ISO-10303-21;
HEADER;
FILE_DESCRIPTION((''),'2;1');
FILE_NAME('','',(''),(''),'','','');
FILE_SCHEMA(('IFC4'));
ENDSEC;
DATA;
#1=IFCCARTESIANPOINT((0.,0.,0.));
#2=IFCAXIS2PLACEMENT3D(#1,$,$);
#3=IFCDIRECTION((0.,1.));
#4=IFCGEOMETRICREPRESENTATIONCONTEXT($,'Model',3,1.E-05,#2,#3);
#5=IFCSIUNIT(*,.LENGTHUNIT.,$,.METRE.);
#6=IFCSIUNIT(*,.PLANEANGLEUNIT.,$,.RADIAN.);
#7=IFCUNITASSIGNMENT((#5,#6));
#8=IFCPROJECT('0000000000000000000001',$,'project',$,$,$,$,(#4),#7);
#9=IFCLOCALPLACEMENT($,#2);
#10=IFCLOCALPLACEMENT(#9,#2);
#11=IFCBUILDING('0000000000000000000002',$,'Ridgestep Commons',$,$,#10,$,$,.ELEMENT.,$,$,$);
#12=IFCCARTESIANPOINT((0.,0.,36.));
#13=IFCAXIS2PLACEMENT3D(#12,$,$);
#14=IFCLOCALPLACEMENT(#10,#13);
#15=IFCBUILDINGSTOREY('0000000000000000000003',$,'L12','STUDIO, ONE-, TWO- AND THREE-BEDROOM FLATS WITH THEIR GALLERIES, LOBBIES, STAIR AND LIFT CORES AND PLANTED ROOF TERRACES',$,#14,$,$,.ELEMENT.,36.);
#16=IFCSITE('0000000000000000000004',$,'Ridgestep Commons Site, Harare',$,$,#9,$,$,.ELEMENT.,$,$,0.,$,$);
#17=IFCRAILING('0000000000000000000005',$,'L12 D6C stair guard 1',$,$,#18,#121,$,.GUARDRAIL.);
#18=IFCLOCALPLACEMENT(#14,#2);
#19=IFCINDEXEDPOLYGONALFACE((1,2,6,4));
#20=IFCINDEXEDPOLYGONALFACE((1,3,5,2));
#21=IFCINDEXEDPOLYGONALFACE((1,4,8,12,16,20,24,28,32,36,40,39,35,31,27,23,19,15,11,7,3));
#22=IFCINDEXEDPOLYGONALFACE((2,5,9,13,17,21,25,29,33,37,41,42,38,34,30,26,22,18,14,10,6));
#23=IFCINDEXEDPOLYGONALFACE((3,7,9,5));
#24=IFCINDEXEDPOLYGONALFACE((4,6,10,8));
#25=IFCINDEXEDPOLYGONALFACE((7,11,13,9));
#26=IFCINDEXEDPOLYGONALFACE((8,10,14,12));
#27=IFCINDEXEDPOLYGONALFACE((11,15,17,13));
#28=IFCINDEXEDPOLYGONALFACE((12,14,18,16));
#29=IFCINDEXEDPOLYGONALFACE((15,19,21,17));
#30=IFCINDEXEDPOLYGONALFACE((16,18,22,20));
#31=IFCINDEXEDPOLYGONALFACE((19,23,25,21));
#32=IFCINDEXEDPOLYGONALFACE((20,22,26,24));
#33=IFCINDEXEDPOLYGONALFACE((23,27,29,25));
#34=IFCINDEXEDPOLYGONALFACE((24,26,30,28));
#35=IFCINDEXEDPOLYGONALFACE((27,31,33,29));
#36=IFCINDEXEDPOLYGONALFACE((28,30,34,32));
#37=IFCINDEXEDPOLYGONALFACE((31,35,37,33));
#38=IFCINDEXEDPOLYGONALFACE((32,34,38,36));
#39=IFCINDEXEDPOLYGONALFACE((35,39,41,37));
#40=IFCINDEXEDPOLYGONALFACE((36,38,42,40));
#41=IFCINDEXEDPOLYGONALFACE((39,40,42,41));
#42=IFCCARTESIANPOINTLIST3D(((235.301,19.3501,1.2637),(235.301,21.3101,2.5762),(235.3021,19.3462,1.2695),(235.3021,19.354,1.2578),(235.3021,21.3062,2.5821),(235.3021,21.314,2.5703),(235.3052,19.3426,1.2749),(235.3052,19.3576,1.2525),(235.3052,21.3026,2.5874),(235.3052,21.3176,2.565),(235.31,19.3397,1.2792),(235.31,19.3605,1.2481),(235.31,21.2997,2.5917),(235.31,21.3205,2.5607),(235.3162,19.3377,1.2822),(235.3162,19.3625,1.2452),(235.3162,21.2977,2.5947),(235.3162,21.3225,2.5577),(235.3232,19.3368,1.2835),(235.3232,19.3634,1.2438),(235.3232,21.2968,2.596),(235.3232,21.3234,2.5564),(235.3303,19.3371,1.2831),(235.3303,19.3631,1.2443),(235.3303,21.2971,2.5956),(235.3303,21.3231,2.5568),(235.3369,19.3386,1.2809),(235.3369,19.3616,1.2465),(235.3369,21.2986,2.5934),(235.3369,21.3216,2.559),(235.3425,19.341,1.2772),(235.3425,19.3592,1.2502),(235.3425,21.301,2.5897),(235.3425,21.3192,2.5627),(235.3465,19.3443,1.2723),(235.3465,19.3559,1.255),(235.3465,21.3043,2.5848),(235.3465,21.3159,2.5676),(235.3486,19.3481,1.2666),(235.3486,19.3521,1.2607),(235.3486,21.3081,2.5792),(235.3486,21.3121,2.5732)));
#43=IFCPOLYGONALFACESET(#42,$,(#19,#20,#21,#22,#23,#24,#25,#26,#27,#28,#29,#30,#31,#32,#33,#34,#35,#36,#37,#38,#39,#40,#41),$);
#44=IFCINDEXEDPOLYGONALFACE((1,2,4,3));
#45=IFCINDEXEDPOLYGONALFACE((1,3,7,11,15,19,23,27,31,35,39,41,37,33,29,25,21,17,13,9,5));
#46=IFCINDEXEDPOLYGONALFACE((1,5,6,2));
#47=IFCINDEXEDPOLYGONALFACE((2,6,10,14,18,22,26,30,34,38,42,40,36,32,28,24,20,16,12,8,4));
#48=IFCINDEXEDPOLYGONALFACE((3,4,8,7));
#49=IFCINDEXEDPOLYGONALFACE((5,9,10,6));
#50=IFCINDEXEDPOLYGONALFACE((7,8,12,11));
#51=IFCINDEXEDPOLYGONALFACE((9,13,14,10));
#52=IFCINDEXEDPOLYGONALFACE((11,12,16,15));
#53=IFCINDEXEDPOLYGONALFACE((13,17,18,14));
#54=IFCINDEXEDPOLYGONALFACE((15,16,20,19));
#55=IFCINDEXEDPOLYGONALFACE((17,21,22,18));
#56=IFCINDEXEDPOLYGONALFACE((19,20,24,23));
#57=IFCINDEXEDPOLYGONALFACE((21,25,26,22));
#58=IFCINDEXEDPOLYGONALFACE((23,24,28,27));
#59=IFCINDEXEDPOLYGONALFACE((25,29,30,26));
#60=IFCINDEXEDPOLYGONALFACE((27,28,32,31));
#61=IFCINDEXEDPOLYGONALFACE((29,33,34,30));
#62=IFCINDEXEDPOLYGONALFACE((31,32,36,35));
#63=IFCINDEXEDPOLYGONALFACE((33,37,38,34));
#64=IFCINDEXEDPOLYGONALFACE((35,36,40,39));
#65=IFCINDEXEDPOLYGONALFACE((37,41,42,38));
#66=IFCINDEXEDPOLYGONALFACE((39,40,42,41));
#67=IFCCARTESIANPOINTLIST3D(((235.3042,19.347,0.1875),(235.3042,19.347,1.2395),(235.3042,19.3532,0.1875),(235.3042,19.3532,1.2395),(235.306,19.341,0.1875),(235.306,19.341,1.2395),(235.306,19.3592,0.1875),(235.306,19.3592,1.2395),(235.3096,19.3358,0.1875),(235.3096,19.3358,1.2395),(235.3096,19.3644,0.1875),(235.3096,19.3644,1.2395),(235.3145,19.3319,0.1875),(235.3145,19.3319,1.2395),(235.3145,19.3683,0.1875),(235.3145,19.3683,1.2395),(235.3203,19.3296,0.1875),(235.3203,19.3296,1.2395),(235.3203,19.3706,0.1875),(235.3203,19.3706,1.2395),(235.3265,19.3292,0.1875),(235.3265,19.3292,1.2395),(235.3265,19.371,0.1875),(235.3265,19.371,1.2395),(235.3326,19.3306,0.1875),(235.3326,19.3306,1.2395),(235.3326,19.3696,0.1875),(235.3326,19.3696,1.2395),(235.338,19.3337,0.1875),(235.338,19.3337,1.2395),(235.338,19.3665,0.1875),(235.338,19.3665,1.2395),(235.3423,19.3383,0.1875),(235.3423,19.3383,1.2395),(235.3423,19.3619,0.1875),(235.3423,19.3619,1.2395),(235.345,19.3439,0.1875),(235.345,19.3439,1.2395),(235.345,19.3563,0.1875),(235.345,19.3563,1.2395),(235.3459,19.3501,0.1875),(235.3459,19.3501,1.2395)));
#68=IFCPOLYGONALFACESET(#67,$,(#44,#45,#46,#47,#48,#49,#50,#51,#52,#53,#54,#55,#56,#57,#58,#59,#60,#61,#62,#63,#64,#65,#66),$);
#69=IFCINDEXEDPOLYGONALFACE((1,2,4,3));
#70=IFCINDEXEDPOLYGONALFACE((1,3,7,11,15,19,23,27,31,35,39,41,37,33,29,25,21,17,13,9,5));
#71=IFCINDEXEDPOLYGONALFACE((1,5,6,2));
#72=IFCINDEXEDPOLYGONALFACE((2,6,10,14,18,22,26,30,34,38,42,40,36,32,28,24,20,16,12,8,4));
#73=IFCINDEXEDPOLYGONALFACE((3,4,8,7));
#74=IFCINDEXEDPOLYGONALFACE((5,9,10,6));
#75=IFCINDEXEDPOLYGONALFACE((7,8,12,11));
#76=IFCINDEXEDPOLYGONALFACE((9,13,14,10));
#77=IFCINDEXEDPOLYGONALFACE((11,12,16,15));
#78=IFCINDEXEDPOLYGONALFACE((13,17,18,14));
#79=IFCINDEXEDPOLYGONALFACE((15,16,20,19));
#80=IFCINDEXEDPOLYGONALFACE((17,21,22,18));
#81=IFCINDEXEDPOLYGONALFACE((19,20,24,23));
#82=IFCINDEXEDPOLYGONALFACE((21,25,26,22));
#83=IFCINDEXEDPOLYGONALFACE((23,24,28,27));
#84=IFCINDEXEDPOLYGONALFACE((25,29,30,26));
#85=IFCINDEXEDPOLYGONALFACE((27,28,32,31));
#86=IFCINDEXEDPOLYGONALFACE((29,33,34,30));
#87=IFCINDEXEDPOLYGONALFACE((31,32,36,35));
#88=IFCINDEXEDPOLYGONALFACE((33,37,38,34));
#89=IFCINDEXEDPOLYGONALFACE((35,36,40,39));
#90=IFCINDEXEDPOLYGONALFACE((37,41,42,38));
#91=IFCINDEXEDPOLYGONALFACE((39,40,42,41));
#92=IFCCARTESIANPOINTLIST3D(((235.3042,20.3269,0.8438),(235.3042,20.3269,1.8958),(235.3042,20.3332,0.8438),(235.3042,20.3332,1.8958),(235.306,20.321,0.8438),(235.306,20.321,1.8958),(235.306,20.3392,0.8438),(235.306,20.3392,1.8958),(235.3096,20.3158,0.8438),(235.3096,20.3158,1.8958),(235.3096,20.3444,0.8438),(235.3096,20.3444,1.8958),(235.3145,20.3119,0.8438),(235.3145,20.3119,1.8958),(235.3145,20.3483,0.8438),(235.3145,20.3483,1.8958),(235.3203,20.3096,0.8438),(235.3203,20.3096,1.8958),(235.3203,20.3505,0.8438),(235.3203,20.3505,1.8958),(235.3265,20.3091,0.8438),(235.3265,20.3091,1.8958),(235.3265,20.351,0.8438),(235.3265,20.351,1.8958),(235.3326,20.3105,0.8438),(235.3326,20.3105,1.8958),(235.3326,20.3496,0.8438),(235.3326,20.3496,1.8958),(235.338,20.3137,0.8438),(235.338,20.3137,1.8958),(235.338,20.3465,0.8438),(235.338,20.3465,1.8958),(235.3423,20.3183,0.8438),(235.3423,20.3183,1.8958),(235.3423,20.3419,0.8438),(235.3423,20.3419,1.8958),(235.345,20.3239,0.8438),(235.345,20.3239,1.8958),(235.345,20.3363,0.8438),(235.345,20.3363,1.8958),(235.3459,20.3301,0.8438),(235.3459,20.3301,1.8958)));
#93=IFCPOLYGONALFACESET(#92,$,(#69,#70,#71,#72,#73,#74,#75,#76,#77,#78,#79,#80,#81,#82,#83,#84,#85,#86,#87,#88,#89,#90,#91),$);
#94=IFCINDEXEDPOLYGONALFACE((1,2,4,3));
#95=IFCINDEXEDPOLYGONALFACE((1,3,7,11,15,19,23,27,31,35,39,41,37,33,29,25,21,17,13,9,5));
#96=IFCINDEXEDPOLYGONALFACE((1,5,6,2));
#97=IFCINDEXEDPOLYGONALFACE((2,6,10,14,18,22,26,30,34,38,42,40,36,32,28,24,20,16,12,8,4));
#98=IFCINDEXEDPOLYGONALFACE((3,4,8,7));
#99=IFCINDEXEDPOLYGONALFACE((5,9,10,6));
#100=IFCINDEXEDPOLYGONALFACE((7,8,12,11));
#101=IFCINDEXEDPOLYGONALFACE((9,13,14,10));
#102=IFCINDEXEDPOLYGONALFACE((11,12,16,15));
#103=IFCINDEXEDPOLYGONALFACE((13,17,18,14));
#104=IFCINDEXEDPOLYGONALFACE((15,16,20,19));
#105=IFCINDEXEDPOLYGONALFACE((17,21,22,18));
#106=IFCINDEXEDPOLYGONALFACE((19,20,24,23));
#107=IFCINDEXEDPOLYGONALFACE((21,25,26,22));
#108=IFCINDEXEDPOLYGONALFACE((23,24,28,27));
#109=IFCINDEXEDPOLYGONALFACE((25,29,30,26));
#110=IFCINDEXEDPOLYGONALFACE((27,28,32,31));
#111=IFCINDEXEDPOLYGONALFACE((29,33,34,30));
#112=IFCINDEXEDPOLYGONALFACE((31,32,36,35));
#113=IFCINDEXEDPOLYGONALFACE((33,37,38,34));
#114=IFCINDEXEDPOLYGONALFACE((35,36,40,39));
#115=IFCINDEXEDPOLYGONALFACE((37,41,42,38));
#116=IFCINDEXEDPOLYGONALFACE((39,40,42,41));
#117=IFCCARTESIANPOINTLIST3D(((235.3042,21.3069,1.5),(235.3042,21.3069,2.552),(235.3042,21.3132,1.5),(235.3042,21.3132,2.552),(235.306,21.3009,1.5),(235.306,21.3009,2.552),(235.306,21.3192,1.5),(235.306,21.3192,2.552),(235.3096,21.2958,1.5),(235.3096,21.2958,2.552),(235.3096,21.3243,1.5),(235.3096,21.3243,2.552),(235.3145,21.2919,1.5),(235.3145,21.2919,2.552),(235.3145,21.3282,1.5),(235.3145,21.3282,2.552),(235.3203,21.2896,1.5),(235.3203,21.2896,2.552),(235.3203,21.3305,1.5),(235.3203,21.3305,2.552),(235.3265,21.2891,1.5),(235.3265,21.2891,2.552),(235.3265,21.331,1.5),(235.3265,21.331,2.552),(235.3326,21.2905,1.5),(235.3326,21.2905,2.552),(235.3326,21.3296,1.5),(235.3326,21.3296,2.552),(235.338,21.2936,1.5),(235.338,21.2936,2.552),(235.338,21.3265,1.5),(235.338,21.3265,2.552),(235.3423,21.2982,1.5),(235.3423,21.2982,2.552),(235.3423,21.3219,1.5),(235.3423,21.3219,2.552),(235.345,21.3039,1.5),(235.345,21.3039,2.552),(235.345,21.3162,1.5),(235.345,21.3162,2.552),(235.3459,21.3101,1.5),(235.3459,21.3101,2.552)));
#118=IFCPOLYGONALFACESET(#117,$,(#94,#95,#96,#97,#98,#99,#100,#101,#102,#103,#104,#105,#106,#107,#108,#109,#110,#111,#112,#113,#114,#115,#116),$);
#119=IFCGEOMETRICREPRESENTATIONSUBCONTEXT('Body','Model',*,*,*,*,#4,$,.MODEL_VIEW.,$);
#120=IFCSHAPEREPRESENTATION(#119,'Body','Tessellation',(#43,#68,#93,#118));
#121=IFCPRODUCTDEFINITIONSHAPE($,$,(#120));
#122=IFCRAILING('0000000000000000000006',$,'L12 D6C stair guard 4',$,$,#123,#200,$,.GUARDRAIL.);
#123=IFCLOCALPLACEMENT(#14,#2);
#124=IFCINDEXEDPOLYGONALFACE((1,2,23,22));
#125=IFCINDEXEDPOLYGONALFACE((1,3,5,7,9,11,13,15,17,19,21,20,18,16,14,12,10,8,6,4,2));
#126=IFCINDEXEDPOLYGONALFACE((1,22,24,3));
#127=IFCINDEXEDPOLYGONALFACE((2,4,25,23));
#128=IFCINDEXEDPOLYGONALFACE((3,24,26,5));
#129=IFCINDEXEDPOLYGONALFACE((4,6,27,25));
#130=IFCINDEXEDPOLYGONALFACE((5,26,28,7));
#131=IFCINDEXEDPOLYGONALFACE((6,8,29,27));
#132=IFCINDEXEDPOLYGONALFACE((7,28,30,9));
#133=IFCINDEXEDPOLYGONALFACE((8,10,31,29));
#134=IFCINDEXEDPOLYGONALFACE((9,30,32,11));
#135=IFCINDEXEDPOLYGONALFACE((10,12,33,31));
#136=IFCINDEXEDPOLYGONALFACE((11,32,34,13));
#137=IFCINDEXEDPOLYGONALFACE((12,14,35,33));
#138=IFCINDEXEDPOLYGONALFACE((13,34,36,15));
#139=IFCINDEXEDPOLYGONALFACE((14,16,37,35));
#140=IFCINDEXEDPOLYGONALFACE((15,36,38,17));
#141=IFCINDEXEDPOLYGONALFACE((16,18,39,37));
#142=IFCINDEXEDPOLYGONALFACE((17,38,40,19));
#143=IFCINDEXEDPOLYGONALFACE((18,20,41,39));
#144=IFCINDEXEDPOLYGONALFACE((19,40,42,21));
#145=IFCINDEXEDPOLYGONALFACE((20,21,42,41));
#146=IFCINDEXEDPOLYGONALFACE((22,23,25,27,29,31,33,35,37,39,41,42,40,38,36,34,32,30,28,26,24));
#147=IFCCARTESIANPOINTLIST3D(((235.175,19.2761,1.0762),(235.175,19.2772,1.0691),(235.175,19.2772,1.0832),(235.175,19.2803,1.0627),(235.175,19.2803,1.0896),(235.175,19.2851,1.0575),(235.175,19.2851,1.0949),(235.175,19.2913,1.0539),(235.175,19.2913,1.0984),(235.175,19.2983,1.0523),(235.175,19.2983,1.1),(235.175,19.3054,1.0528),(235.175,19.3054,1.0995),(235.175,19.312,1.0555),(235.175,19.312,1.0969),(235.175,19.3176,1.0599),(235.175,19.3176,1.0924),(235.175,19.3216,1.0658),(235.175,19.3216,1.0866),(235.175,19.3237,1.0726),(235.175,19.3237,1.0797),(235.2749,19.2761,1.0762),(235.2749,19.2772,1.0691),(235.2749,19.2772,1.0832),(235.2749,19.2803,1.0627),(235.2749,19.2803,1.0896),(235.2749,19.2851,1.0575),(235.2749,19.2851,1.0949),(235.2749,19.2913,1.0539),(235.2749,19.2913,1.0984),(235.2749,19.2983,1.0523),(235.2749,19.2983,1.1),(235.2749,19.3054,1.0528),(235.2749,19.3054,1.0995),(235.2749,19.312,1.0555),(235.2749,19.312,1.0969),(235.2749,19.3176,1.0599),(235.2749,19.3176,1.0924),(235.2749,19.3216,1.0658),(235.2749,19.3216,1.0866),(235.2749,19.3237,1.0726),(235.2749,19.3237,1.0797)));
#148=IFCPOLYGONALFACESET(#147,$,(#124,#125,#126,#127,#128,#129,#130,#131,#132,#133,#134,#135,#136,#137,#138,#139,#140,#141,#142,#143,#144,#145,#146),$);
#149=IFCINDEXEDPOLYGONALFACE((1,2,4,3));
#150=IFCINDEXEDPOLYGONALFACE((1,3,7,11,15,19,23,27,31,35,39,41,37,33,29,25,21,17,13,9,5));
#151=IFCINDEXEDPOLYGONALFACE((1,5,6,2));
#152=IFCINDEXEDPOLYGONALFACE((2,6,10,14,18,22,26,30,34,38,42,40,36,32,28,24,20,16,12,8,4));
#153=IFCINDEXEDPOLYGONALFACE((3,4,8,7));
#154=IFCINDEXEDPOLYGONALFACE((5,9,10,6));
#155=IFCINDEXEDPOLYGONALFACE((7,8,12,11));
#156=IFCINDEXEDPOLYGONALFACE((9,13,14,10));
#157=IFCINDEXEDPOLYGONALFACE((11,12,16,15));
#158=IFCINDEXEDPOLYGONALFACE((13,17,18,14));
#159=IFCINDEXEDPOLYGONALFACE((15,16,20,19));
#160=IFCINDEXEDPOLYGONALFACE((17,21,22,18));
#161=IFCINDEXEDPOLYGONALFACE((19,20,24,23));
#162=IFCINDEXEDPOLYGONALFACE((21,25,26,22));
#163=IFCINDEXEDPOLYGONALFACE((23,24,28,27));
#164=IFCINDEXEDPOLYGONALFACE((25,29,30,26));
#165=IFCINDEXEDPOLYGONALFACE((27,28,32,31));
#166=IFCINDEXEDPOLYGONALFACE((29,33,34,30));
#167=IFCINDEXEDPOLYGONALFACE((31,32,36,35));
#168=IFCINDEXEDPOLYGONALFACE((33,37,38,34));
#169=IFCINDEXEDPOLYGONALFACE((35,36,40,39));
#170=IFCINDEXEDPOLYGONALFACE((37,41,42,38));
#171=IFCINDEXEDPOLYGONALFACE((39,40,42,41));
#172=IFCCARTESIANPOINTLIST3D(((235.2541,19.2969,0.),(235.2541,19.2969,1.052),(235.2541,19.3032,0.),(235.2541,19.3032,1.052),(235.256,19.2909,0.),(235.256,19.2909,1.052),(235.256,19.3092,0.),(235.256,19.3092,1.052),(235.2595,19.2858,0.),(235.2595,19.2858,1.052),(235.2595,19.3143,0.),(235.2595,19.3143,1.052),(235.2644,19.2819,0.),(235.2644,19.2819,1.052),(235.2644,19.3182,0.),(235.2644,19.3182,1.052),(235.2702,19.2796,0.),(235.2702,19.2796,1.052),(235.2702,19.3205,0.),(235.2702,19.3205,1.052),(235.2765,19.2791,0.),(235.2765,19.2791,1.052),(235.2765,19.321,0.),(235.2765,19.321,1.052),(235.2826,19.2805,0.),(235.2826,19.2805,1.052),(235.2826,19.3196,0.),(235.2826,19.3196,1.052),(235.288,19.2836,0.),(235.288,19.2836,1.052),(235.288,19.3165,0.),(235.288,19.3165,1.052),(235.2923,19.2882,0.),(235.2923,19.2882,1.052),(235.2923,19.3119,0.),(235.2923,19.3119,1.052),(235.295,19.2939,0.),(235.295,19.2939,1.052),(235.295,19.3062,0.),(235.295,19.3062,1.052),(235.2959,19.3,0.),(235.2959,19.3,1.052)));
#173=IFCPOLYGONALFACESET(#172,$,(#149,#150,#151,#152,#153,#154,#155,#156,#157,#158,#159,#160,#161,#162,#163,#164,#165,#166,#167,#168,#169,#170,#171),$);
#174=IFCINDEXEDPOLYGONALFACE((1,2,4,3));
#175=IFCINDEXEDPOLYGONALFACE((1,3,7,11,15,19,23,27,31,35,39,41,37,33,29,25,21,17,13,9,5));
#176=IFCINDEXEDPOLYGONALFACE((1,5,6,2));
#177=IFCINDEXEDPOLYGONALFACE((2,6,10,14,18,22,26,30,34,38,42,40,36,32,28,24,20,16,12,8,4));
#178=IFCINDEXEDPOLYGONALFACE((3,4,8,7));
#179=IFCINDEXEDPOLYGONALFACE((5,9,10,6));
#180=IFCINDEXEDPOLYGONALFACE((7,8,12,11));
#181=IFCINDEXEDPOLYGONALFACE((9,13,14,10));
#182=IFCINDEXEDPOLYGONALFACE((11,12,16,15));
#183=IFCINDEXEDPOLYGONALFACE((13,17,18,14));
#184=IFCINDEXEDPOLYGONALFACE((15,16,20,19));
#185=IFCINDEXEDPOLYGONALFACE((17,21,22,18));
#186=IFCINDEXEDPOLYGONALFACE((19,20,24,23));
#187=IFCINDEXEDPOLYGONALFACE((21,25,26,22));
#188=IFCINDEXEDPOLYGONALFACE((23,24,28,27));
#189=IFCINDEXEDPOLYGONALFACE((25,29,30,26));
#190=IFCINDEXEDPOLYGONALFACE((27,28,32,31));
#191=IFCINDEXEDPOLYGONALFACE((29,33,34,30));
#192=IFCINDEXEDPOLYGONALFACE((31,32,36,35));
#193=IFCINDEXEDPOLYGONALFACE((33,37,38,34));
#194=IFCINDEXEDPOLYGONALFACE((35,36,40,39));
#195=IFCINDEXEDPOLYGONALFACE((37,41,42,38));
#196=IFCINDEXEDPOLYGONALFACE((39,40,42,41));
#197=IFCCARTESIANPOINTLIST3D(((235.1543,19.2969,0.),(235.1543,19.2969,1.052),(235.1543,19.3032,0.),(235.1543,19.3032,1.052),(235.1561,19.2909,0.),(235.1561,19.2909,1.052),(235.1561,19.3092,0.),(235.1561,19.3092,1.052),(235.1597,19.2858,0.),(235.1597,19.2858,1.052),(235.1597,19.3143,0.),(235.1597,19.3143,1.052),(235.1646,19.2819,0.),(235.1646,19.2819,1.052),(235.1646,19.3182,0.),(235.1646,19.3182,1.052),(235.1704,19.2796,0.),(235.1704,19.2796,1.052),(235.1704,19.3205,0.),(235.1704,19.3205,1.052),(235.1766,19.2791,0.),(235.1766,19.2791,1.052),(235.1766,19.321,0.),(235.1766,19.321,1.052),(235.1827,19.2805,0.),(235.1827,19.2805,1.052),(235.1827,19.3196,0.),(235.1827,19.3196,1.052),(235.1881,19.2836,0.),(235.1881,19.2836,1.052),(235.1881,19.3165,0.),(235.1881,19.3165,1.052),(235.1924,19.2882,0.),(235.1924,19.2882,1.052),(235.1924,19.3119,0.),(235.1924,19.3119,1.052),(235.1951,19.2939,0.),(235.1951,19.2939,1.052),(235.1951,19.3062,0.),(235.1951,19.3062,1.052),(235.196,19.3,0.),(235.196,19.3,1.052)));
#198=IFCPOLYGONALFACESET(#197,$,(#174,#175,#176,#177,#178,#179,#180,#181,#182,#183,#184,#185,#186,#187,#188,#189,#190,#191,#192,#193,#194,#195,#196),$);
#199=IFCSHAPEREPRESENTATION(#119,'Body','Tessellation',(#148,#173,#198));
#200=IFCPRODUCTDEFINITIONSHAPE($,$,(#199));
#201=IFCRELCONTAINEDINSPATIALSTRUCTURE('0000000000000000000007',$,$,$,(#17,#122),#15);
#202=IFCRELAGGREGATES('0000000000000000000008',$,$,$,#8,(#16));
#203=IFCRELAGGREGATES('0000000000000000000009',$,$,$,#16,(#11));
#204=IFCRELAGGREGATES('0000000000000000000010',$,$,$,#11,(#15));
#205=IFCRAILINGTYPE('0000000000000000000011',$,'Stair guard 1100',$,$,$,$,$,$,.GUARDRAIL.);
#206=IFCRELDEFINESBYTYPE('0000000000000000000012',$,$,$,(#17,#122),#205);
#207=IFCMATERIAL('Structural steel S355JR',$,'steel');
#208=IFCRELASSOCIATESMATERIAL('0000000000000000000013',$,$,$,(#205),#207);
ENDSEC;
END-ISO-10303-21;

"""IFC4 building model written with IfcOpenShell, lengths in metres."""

from ifc_helpers import new_model, si_unit, direction, frame, origin, origin_2d, place, context, subcontext, project, spatial, circle, extrude, material, type_object, element, save


model = new_model("IFC4")

# Units and contexts
model_context = context("Model", 3, precision=1e-05, world=origin(), true_north=direction((0.0, 1.0)))
body_context = subcontext(model_context, "Body", "Model", "MODEL_VIEW")
ifc_project = project(units=[si_unit("LENGTHUNIT", "METRE"), si_unit("PLANEANGLEUNIT", "RADIAN")], contexts=[model_context])

# Site, building, storey
site_placement = place(None, origin())
site = spatial("IfcSite", under=ifc_project, at=site_placement, Name="Ridgestep Commons Site, Harare", CompositionType="ELEMENT", RefElevation=0.0)
building_placement = place(site_placement, origin())
building = spatial("IfcBuilding", under=site, at=building_placement, Name="Ridgestep Commons", CompositionType="ELEMENT")
storey_placement = place(building_placement, frame((0.0, 0.0, 36.0)))
storey = spatial("IfcBuildingStorey", under=building, at=storey_placement, Name="L12", Description="STUDIO, ONE-, TWO- AND THREE-BEDROOM FLATS WITH THEIR GALLERIES, LOBBIES, STAIR AND LIFT CORES AND PLANTED ROOF TERRACES", CompositionType="ELEMENT", Elevation=36.0)

# Railings
ifc_material_1 = material(Name="Structural steel S355JR", Category="steel")
railing_type_1 = type_object("IfcRailingType", Name="Stair guard 1100", PredefinedType="GUARDRAIL", material=ifc_material_1)
railing_1_placement = place(storey_placement, frame((235.325, 19.3501, 0.1875)))
element("IfcRailing", 1, at=railing_1_placement, inside=storey, type_object=railing_type_1, Name="L12 D6C stair guard 1", PredefinedType="GUARDRAIL", context=body_context, shape_type="SweptSolid", body=[
    extrude(circle(Radius=0.0239, at=origin_2d()), frame((0.0, 0.0, 1.0762), z_axis=(0.0, 0.830902, 0.556419), x_axis=(-1.0, 0.0, 0.0)), (0.0, 0.0, 1.0), 2.3589),
    extrude(circle(Radius=0.021, at=origin_2d()), origin(), (0.0, 0.0, 1.0), 1.052),
    extrude(circle(Radius=0.021, at=origin_2d()), frame((0.0, 0.98, 0.6562)), (0.0, 0.0, 1.0), 1.052),
    extrude(circle(Radius=0.021, at=origin_2d()), frame((0.0, 1.96, 1.3125)), (0.0, 0.0, 1.0), 1.052),
])
railing_2_placement = place(storey_placement, frame((235.2749, 19.3, 0.0)))
element("IfcRailing", 2, at=railing_2_placement, inside=storey, type_object=railing_type_1, Name="L12 D6C stair guard 4", PredefinedType="GUARDRAIL", context=body_context, shape_type="SweptSolid", body=[
    extrude(circle(Radius=0.0239, at=origin_2d()), frame((0.0, 0.0, 1.0762), z_axis=(-1.0, 0.0, 0.0), x_axis=(0.0, -1.0, 0.0)), (0.0, 0.0, 1.0), 0.0999),
    extrude(circle(Radius=0.021, at=origin_2d()), origin(), (0.0, 0.0, 1.0), 1.052),
    extrude(circle(Radius=0.021, at=origin_2d()), frame((-0.0999, 0.0, 0.0)), (0.0, 0.0, 1.0), 1.052),
])

save(model, "model.ifc")
